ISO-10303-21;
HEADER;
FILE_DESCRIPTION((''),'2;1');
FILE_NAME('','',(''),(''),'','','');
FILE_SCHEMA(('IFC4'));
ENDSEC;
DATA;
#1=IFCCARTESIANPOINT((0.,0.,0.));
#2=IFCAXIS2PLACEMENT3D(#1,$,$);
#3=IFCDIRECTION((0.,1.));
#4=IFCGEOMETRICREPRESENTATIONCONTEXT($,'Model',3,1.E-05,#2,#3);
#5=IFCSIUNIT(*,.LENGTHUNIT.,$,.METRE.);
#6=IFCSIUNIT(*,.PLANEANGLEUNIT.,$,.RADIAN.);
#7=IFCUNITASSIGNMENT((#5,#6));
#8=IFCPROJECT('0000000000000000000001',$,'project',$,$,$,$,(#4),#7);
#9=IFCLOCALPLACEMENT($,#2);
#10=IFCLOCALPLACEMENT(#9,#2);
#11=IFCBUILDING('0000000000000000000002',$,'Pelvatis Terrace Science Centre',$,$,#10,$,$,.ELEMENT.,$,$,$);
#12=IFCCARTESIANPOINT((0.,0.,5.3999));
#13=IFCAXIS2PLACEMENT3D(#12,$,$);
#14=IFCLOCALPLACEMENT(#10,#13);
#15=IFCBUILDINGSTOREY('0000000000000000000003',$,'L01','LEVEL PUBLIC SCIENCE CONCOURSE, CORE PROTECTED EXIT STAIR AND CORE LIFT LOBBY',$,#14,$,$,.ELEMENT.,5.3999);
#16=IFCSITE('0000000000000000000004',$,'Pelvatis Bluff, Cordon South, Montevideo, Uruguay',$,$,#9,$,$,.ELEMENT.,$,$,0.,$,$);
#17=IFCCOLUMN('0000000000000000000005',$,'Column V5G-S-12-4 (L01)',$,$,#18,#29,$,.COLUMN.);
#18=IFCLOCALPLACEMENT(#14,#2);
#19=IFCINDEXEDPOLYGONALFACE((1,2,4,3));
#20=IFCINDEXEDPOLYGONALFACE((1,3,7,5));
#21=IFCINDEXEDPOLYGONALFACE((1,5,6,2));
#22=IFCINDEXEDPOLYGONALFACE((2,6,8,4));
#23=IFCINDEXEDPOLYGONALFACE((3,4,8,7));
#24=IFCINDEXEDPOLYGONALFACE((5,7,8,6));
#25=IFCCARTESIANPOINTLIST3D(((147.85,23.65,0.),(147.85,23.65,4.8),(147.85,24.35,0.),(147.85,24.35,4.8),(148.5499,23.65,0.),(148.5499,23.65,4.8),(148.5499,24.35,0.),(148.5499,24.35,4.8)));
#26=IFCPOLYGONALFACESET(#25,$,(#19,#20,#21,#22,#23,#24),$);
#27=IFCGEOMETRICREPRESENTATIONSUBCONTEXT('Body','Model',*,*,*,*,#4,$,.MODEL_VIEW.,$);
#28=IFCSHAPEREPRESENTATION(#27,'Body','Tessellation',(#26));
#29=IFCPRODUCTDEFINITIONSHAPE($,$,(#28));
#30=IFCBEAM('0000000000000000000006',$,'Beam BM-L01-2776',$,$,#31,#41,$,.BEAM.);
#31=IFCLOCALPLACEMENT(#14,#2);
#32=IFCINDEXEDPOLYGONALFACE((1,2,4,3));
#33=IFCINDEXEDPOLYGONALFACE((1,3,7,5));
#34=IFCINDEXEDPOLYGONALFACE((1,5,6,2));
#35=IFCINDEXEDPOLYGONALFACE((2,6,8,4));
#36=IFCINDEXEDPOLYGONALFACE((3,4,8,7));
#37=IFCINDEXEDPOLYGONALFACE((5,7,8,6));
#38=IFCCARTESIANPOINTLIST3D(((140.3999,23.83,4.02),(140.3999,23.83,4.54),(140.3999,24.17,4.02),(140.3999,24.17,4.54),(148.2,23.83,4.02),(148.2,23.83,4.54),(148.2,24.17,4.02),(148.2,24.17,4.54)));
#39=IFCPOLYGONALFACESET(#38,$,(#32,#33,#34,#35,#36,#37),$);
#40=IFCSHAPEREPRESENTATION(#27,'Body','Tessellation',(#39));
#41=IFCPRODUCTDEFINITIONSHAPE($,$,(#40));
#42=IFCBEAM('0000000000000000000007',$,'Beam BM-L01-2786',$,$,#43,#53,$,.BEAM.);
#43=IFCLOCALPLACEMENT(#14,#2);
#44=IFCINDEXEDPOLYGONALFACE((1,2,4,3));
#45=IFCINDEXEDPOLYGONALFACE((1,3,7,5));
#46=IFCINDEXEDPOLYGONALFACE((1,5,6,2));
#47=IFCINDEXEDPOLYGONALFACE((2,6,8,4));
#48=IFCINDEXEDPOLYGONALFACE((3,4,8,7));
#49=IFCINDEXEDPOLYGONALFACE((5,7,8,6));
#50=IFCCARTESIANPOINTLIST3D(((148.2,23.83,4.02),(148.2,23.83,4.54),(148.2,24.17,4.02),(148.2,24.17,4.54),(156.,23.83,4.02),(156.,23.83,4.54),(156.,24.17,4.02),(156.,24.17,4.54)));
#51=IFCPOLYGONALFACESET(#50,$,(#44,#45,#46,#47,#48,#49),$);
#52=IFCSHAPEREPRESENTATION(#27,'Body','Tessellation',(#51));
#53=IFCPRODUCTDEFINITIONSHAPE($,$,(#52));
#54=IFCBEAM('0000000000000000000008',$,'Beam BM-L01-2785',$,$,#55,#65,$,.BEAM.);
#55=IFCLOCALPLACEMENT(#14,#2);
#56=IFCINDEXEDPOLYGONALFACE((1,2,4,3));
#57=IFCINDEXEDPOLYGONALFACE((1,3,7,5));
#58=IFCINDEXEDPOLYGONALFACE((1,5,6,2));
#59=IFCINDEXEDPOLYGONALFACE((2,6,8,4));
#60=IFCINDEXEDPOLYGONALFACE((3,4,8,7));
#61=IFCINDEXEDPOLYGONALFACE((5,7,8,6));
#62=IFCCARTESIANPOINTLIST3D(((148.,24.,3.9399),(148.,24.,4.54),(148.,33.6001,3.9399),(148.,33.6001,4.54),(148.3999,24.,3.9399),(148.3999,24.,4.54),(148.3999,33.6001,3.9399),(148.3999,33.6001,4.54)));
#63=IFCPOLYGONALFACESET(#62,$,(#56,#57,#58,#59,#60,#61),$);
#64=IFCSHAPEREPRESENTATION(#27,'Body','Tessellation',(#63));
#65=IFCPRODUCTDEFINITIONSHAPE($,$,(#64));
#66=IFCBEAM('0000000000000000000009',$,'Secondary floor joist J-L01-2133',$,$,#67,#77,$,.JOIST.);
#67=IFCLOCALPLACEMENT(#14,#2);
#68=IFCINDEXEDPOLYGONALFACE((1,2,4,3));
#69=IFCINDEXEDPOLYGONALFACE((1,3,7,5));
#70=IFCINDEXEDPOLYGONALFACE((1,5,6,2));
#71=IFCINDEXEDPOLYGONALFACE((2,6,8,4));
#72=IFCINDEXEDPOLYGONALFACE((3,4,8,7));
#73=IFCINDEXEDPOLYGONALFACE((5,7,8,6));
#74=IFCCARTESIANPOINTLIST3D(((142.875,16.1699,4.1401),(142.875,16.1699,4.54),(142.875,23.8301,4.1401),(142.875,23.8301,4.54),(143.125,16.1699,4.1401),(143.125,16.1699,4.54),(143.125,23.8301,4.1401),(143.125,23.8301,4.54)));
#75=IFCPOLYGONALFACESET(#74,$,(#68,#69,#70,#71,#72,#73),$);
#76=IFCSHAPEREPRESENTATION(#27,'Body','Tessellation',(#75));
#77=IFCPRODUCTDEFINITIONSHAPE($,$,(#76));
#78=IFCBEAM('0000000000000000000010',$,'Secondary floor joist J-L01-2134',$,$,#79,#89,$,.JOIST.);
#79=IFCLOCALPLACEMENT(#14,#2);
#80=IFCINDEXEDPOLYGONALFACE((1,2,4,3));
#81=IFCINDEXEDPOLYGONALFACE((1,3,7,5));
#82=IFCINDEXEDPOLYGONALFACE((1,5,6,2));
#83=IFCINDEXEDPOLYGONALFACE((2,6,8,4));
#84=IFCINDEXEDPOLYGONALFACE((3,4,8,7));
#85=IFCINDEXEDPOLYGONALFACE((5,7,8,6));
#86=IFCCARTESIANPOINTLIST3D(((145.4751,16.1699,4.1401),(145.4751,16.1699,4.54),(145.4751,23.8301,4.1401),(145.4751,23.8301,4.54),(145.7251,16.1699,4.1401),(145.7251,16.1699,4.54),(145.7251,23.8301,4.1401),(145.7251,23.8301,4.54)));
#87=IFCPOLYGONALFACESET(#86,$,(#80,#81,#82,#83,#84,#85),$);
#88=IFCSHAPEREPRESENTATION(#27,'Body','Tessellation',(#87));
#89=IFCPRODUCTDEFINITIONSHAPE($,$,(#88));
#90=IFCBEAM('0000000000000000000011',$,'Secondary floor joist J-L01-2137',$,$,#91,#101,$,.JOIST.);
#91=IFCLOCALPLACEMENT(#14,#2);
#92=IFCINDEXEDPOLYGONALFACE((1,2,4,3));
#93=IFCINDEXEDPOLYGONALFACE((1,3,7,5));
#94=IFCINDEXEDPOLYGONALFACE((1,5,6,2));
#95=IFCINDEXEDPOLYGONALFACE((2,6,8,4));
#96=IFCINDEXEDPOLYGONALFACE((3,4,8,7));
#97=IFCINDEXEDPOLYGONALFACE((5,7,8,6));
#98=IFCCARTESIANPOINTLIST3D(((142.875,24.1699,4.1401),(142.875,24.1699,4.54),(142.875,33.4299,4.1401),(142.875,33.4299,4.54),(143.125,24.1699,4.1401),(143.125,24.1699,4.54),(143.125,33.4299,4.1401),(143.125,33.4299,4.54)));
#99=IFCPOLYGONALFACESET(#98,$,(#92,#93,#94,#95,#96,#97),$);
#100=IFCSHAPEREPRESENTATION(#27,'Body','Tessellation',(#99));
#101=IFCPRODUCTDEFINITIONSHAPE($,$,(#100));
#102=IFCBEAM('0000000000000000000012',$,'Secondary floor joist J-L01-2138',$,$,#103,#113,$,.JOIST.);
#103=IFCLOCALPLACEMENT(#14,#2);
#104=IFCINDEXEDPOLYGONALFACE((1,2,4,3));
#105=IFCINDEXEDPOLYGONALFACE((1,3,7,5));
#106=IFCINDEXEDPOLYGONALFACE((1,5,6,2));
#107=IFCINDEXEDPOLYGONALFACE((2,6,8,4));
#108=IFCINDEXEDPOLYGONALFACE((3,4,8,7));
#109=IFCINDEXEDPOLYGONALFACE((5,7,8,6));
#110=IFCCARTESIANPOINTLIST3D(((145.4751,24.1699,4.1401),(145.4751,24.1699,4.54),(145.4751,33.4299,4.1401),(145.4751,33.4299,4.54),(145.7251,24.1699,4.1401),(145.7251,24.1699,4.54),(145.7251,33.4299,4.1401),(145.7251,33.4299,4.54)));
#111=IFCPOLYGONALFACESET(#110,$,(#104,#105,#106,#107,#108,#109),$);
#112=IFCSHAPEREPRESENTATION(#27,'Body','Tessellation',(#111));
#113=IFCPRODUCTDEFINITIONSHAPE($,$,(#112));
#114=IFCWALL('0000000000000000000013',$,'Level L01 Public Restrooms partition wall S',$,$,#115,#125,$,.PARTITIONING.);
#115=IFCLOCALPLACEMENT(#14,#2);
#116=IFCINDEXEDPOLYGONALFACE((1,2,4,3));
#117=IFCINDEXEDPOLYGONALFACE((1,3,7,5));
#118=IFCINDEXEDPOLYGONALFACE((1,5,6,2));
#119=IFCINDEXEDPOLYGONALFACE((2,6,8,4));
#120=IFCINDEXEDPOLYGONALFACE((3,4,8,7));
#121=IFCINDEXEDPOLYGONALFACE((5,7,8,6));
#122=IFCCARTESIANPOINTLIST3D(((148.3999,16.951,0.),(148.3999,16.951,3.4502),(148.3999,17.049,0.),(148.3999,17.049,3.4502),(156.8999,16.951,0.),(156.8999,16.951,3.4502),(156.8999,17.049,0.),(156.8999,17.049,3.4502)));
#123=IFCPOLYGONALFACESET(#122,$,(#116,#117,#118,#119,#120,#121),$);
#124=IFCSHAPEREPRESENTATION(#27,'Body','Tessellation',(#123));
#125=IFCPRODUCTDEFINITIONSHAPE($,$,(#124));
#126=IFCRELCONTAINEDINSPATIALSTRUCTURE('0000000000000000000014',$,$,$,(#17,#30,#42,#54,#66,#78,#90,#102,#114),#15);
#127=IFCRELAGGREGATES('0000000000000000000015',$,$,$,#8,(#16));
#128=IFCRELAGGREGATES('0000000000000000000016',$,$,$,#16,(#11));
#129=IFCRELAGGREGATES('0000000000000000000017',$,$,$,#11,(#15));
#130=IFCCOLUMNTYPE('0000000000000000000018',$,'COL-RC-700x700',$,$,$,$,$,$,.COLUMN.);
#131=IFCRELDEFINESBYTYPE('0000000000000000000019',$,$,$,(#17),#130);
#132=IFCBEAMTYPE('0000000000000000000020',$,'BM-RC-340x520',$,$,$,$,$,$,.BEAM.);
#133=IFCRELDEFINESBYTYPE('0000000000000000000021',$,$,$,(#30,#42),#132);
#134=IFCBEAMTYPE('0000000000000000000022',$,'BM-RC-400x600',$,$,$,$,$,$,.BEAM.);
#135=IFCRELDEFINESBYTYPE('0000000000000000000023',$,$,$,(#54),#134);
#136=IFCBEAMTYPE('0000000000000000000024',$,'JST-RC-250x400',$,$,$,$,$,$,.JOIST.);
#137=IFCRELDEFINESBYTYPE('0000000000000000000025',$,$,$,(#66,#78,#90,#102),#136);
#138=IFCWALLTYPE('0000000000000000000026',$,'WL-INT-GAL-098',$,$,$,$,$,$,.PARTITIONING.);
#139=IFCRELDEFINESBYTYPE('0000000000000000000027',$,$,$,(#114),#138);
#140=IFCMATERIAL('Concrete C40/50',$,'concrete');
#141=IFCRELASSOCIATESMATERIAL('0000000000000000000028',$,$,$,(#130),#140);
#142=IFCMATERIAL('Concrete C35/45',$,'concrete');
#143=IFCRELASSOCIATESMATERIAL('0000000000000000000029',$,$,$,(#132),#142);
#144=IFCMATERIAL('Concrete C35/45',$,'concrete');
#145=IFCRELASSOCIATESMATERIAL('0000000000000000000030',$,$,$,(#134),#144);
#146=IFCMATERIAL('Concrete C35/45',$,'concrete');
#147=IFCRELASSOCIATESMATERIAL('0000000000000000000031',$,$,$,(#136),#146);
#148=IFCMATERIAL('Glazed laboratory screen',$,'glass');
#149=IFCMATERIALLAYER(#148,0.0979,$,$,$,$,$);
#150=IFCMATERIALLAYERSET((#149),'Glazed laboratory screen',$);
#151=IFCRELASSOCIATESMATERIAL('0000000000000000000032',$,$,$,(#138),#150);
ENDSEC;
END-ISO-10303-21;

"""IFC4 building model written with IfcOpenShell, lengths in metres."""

from ifc_helpers import new_model, si_unit, direction, frame, frame_2d, origin, origin_2d, place, context, subcontext, project, spatial, rectangle, extrude, material, layer, layer_set, material_profile, profile_set, type_object, element, save


model = new_model("IFC4")

# Units and contexts
model_context = context("Model", 3, precision=1e-05, world=origin(), true_north=direction((0.0, 1.0)))
body_context = subcontext(model_context, "Body", "Model", "MODEL_VIEW")
ifc_project = project(units=[si_unit("LENGTHUNIT", "METRE"), si_unit("PLANEANGLEUNIT", "RADIAN")], contexts=[model_context])

# Site, building, storey
site_placement = place(None, origin())
site = spatial("IfcSite", under=ifc_project, at=site_placement, Name="Pelvatis Bluff, Cordon South, Montevideo, Uruguay", CompositionType="ELEMENT", RefElevation=0.0)
building_placement = place(site_placement, origin())
building = spatial("IfcBuilding", under=site, at=building_placement, Name="Pelvatis Terrace Science Centre", CompositionType="ELEMENT")
storey_placement = place(building_placement, frame((0.0, 0.0, 5.3999)))
storey = spatial("IfcBuildingStorey", under=building, at=storey_placement, Name="L01", Description="LEVEL PUBLIC SCIENCE CONCOURSE, CORE PROTECTED EXIT STAIR AND CORE LIFT LOBBY", CompositionType="ELEMENT", Elevation=5.3999)

# Column
ifc_material_1 = material(Name="Concrete C40/50", Category="concrete")
ifc_material_profile_1 = material_profile(ifc_material_1, rectangle(XDim=0.7, YDim=0.7, at=origin_2d()), Name="RC-COL 700x700")
ifc_profile_set_1 = profile_set([ifc_material_profile_1], Name="Concrete C40/50")
column_type = type_object("IfcColumnType", Name="COL-RC-700x700", PredefinedType="COLUMN", material=ifc_profile_set_1)
column_placement = place(storey_placement, frame((148.2, 24.0, 0.0), z_axis=(0.0, 0.0, 1.0), x_axis=(1.0, 0.0, 0.0)))
element("IfcColumn", 1, at=column_placement, inside=storey, type_object=column_type, Name="Column V5G-S-12-4 (L01)", PredefinedType="COLUMN", context=body_context, shape_type="SweptSolid", body=[
    extrude(rectangle(XDim=0.7, YDim=0.7, at=origin_2d()), origin(), (0.0, 0.0, 1.0), 4.8),
])

# Beams
ifc_material_2 = material(Name="Concrete C35/45", Category="concrete")
ifc_material_profile_2 = material_profile(ifc_material_2, rectangle(XDim=0.3401, YDim=0.52, at=origin_2d()), Name="RC-BM 340x520")
ifc_profile_set_2 = profile_set([ifc_material_profile_2], Name="Concrete C35/45")
beam_type_1 = type_object("IfcBeamType", Name="BM-RC-340x520", PredefinedType="BEAM", material=ifc_profile_set_2)
for number, where, z_axis, x_axis, name in (
    (2, (140.3999, 24.0, 4.28), (1.0, 0.0, 0.0), (0.0, 1.0, 0.0), "Beam BM-L01-2776"),
    (3, (148.2, 24.0, 4.28), (1.0, 0.0, 0.0), (0.0, 1.0, 0.0), "Beam BM-L01-2786"),
):
    element("IfcBeam", number, at=place(storey_placement, frame(where, z_axis=z_axis, x_axis=x_axis)), inside=storey, type_object=beam_type_1, Name=name, PredefinedType="BEAM", context=body_context, shape_type="SweptSolid", body=[
        extrude(rectangle(XDim=0.3401, YDim=0.52, at=origin_2d()), origin(), (0.0, 0.0, 1.0), 7.8),
    ])
ifc_material_3 = material(Name="Concrete C35/45", Category="concrete")
ifc_material_profile_3 = material_profile(ifc_material_3, rectangle(XDim=0.3999, YDim=0.6001, at=origin_2d()), Name="RC-BM 400x600")
ifc_profile_set_3 = profile_set([ifc_material_profile_3], Name="Concrete C35/45")
beam_type_2 = type_object("IfcBeamType", Name="BM-RC-400x600", PredefinedType="BEAM", material=ifc_profile_set_3)
beam_placement = place(storey_placement, frame((148.2, 24.0, 4.24), z_axis=(0.0, 1.0, 0.0), x_axis=(-1.0, 0.0, 0.0)))
element("IfcBeam", 4, at=beam_placement, inside=storey, type_object=beam_type_2, Name="Beam BM-L01-2785", PredefinedType="BEAM", context=body_context, shape_type="SweptSolid", body=[
    extrude(rectangle(XDim=0.3999, YDim=0.6001, at=origin_2d()), origin(), (0.0, 0.0, 1.0), 9.6001),
])
ifc_material_4 = material(Name="Concrete C35/45", Category="concrete")
ifc_material_profile_4 = material_profile(ifc_material_4, rectangle(XDim=0.25, YDim=0.3999, at=origin_2d()), Name="RC-JST 250x400")
ifc_profile_set_4 = profile_set([ifc_material_profile_4], Name="Concrete C35/45")
beam_type_3 = type_object("IfcBeamType", Name="JST-RC-250x400", PredefinedType="JOIST", material=ifc_profile_set_4)
for number, where, z_axis, x_axis, name in (
    (5, (143.0, 16.1699, 4.3401), (0.0, 1.0, 0.0), (-1.0, 0.0, 0.0), "Secondary floor joist J-L01-2133"),
    (6, (145.6001, 16.1699, 4.3401), (0.0, 1.0, 0.0), (-1.0, 0.0, 0.0), "Secondary floor joist J-L01-2134"),
):
    element("IfcBeam", number, at=place(storey_placement, frame(where, z_axis=z_axis, x_axis=x_axis)), inside=storey, type_object=beam_type_3, Name=name, PredefinedType="JOIST", context=body_context, shape_type="SweptSolid", body=[
        extrude(rectangle(XDim=0.25, YDim=0.3999, at=origin_2d()), origin(), (0.0, 0.0, 1.0), 7.6602),
    ])
for number, where, z_axis, x_axis, name in (
    (7, (143.0, 24.1699, 4.3401), (0.0, 1.0, 0.0), (-1.0, 0.0, 0.0), "Secondary floor joist J-L01-2137"),
    (8, (145.6001, 24.1699, 4.3401), (0.0, 1.0, 0.0), (-1.0, 0.0, 0.0), "Secondary floor joist J-L01-2138"),
):
    element("IfcBeam", number, at=place(storey_placement, frame(where, z_axis=z_axis, x_axis=x_axis)), inside=storey, type_object=beam_type_3, Name=name, PredefinedType="JOIST", context=body_context, shape_type="SweptSolid", body=[
        extrude(rectangle(XDim=0.25, YDim=0.3999, at=origin_2d()), origin(), (0.0, 0.0, 1.0), 9.26),
    ])

# Wall
ifc_material_5 = material(Name="Glazed laboratory screen", Category="glass")
ifc_layer = layer(ifc_material_5, 0.0979)
ifc_layer_set = layer_set([ifc_layer], Name="Glazed laboratory screen")
wall_type = type_object("IfcWallType", Name="WL-INT-GAL-098", PredefinedType="PARTITIONING", material=ifc_layer_set)
wall_placement = place(storey_placement, frame((148.3999, 17.0, 0.0), z_axis=(0.0, 0.0, 1.0), x_axis=(1.0, 0.0, 0.0)))
element("IfcWall", 9, at=wall_placement, inside=storey, type_object=wall_type, Name="Level L01 Public Restrooms partition wall S", PredefinedType="PARTITIONING", context=body_context, shape_type="SweptSolid", body=[
    extrude(rectangle(XDim=8.5, YDim=0.0979, at=frame_2d((4.25, 0.0))), origin(), (0.0, 0.0, 1.0), 3.4502),
])

save(model, "model.ifc")
